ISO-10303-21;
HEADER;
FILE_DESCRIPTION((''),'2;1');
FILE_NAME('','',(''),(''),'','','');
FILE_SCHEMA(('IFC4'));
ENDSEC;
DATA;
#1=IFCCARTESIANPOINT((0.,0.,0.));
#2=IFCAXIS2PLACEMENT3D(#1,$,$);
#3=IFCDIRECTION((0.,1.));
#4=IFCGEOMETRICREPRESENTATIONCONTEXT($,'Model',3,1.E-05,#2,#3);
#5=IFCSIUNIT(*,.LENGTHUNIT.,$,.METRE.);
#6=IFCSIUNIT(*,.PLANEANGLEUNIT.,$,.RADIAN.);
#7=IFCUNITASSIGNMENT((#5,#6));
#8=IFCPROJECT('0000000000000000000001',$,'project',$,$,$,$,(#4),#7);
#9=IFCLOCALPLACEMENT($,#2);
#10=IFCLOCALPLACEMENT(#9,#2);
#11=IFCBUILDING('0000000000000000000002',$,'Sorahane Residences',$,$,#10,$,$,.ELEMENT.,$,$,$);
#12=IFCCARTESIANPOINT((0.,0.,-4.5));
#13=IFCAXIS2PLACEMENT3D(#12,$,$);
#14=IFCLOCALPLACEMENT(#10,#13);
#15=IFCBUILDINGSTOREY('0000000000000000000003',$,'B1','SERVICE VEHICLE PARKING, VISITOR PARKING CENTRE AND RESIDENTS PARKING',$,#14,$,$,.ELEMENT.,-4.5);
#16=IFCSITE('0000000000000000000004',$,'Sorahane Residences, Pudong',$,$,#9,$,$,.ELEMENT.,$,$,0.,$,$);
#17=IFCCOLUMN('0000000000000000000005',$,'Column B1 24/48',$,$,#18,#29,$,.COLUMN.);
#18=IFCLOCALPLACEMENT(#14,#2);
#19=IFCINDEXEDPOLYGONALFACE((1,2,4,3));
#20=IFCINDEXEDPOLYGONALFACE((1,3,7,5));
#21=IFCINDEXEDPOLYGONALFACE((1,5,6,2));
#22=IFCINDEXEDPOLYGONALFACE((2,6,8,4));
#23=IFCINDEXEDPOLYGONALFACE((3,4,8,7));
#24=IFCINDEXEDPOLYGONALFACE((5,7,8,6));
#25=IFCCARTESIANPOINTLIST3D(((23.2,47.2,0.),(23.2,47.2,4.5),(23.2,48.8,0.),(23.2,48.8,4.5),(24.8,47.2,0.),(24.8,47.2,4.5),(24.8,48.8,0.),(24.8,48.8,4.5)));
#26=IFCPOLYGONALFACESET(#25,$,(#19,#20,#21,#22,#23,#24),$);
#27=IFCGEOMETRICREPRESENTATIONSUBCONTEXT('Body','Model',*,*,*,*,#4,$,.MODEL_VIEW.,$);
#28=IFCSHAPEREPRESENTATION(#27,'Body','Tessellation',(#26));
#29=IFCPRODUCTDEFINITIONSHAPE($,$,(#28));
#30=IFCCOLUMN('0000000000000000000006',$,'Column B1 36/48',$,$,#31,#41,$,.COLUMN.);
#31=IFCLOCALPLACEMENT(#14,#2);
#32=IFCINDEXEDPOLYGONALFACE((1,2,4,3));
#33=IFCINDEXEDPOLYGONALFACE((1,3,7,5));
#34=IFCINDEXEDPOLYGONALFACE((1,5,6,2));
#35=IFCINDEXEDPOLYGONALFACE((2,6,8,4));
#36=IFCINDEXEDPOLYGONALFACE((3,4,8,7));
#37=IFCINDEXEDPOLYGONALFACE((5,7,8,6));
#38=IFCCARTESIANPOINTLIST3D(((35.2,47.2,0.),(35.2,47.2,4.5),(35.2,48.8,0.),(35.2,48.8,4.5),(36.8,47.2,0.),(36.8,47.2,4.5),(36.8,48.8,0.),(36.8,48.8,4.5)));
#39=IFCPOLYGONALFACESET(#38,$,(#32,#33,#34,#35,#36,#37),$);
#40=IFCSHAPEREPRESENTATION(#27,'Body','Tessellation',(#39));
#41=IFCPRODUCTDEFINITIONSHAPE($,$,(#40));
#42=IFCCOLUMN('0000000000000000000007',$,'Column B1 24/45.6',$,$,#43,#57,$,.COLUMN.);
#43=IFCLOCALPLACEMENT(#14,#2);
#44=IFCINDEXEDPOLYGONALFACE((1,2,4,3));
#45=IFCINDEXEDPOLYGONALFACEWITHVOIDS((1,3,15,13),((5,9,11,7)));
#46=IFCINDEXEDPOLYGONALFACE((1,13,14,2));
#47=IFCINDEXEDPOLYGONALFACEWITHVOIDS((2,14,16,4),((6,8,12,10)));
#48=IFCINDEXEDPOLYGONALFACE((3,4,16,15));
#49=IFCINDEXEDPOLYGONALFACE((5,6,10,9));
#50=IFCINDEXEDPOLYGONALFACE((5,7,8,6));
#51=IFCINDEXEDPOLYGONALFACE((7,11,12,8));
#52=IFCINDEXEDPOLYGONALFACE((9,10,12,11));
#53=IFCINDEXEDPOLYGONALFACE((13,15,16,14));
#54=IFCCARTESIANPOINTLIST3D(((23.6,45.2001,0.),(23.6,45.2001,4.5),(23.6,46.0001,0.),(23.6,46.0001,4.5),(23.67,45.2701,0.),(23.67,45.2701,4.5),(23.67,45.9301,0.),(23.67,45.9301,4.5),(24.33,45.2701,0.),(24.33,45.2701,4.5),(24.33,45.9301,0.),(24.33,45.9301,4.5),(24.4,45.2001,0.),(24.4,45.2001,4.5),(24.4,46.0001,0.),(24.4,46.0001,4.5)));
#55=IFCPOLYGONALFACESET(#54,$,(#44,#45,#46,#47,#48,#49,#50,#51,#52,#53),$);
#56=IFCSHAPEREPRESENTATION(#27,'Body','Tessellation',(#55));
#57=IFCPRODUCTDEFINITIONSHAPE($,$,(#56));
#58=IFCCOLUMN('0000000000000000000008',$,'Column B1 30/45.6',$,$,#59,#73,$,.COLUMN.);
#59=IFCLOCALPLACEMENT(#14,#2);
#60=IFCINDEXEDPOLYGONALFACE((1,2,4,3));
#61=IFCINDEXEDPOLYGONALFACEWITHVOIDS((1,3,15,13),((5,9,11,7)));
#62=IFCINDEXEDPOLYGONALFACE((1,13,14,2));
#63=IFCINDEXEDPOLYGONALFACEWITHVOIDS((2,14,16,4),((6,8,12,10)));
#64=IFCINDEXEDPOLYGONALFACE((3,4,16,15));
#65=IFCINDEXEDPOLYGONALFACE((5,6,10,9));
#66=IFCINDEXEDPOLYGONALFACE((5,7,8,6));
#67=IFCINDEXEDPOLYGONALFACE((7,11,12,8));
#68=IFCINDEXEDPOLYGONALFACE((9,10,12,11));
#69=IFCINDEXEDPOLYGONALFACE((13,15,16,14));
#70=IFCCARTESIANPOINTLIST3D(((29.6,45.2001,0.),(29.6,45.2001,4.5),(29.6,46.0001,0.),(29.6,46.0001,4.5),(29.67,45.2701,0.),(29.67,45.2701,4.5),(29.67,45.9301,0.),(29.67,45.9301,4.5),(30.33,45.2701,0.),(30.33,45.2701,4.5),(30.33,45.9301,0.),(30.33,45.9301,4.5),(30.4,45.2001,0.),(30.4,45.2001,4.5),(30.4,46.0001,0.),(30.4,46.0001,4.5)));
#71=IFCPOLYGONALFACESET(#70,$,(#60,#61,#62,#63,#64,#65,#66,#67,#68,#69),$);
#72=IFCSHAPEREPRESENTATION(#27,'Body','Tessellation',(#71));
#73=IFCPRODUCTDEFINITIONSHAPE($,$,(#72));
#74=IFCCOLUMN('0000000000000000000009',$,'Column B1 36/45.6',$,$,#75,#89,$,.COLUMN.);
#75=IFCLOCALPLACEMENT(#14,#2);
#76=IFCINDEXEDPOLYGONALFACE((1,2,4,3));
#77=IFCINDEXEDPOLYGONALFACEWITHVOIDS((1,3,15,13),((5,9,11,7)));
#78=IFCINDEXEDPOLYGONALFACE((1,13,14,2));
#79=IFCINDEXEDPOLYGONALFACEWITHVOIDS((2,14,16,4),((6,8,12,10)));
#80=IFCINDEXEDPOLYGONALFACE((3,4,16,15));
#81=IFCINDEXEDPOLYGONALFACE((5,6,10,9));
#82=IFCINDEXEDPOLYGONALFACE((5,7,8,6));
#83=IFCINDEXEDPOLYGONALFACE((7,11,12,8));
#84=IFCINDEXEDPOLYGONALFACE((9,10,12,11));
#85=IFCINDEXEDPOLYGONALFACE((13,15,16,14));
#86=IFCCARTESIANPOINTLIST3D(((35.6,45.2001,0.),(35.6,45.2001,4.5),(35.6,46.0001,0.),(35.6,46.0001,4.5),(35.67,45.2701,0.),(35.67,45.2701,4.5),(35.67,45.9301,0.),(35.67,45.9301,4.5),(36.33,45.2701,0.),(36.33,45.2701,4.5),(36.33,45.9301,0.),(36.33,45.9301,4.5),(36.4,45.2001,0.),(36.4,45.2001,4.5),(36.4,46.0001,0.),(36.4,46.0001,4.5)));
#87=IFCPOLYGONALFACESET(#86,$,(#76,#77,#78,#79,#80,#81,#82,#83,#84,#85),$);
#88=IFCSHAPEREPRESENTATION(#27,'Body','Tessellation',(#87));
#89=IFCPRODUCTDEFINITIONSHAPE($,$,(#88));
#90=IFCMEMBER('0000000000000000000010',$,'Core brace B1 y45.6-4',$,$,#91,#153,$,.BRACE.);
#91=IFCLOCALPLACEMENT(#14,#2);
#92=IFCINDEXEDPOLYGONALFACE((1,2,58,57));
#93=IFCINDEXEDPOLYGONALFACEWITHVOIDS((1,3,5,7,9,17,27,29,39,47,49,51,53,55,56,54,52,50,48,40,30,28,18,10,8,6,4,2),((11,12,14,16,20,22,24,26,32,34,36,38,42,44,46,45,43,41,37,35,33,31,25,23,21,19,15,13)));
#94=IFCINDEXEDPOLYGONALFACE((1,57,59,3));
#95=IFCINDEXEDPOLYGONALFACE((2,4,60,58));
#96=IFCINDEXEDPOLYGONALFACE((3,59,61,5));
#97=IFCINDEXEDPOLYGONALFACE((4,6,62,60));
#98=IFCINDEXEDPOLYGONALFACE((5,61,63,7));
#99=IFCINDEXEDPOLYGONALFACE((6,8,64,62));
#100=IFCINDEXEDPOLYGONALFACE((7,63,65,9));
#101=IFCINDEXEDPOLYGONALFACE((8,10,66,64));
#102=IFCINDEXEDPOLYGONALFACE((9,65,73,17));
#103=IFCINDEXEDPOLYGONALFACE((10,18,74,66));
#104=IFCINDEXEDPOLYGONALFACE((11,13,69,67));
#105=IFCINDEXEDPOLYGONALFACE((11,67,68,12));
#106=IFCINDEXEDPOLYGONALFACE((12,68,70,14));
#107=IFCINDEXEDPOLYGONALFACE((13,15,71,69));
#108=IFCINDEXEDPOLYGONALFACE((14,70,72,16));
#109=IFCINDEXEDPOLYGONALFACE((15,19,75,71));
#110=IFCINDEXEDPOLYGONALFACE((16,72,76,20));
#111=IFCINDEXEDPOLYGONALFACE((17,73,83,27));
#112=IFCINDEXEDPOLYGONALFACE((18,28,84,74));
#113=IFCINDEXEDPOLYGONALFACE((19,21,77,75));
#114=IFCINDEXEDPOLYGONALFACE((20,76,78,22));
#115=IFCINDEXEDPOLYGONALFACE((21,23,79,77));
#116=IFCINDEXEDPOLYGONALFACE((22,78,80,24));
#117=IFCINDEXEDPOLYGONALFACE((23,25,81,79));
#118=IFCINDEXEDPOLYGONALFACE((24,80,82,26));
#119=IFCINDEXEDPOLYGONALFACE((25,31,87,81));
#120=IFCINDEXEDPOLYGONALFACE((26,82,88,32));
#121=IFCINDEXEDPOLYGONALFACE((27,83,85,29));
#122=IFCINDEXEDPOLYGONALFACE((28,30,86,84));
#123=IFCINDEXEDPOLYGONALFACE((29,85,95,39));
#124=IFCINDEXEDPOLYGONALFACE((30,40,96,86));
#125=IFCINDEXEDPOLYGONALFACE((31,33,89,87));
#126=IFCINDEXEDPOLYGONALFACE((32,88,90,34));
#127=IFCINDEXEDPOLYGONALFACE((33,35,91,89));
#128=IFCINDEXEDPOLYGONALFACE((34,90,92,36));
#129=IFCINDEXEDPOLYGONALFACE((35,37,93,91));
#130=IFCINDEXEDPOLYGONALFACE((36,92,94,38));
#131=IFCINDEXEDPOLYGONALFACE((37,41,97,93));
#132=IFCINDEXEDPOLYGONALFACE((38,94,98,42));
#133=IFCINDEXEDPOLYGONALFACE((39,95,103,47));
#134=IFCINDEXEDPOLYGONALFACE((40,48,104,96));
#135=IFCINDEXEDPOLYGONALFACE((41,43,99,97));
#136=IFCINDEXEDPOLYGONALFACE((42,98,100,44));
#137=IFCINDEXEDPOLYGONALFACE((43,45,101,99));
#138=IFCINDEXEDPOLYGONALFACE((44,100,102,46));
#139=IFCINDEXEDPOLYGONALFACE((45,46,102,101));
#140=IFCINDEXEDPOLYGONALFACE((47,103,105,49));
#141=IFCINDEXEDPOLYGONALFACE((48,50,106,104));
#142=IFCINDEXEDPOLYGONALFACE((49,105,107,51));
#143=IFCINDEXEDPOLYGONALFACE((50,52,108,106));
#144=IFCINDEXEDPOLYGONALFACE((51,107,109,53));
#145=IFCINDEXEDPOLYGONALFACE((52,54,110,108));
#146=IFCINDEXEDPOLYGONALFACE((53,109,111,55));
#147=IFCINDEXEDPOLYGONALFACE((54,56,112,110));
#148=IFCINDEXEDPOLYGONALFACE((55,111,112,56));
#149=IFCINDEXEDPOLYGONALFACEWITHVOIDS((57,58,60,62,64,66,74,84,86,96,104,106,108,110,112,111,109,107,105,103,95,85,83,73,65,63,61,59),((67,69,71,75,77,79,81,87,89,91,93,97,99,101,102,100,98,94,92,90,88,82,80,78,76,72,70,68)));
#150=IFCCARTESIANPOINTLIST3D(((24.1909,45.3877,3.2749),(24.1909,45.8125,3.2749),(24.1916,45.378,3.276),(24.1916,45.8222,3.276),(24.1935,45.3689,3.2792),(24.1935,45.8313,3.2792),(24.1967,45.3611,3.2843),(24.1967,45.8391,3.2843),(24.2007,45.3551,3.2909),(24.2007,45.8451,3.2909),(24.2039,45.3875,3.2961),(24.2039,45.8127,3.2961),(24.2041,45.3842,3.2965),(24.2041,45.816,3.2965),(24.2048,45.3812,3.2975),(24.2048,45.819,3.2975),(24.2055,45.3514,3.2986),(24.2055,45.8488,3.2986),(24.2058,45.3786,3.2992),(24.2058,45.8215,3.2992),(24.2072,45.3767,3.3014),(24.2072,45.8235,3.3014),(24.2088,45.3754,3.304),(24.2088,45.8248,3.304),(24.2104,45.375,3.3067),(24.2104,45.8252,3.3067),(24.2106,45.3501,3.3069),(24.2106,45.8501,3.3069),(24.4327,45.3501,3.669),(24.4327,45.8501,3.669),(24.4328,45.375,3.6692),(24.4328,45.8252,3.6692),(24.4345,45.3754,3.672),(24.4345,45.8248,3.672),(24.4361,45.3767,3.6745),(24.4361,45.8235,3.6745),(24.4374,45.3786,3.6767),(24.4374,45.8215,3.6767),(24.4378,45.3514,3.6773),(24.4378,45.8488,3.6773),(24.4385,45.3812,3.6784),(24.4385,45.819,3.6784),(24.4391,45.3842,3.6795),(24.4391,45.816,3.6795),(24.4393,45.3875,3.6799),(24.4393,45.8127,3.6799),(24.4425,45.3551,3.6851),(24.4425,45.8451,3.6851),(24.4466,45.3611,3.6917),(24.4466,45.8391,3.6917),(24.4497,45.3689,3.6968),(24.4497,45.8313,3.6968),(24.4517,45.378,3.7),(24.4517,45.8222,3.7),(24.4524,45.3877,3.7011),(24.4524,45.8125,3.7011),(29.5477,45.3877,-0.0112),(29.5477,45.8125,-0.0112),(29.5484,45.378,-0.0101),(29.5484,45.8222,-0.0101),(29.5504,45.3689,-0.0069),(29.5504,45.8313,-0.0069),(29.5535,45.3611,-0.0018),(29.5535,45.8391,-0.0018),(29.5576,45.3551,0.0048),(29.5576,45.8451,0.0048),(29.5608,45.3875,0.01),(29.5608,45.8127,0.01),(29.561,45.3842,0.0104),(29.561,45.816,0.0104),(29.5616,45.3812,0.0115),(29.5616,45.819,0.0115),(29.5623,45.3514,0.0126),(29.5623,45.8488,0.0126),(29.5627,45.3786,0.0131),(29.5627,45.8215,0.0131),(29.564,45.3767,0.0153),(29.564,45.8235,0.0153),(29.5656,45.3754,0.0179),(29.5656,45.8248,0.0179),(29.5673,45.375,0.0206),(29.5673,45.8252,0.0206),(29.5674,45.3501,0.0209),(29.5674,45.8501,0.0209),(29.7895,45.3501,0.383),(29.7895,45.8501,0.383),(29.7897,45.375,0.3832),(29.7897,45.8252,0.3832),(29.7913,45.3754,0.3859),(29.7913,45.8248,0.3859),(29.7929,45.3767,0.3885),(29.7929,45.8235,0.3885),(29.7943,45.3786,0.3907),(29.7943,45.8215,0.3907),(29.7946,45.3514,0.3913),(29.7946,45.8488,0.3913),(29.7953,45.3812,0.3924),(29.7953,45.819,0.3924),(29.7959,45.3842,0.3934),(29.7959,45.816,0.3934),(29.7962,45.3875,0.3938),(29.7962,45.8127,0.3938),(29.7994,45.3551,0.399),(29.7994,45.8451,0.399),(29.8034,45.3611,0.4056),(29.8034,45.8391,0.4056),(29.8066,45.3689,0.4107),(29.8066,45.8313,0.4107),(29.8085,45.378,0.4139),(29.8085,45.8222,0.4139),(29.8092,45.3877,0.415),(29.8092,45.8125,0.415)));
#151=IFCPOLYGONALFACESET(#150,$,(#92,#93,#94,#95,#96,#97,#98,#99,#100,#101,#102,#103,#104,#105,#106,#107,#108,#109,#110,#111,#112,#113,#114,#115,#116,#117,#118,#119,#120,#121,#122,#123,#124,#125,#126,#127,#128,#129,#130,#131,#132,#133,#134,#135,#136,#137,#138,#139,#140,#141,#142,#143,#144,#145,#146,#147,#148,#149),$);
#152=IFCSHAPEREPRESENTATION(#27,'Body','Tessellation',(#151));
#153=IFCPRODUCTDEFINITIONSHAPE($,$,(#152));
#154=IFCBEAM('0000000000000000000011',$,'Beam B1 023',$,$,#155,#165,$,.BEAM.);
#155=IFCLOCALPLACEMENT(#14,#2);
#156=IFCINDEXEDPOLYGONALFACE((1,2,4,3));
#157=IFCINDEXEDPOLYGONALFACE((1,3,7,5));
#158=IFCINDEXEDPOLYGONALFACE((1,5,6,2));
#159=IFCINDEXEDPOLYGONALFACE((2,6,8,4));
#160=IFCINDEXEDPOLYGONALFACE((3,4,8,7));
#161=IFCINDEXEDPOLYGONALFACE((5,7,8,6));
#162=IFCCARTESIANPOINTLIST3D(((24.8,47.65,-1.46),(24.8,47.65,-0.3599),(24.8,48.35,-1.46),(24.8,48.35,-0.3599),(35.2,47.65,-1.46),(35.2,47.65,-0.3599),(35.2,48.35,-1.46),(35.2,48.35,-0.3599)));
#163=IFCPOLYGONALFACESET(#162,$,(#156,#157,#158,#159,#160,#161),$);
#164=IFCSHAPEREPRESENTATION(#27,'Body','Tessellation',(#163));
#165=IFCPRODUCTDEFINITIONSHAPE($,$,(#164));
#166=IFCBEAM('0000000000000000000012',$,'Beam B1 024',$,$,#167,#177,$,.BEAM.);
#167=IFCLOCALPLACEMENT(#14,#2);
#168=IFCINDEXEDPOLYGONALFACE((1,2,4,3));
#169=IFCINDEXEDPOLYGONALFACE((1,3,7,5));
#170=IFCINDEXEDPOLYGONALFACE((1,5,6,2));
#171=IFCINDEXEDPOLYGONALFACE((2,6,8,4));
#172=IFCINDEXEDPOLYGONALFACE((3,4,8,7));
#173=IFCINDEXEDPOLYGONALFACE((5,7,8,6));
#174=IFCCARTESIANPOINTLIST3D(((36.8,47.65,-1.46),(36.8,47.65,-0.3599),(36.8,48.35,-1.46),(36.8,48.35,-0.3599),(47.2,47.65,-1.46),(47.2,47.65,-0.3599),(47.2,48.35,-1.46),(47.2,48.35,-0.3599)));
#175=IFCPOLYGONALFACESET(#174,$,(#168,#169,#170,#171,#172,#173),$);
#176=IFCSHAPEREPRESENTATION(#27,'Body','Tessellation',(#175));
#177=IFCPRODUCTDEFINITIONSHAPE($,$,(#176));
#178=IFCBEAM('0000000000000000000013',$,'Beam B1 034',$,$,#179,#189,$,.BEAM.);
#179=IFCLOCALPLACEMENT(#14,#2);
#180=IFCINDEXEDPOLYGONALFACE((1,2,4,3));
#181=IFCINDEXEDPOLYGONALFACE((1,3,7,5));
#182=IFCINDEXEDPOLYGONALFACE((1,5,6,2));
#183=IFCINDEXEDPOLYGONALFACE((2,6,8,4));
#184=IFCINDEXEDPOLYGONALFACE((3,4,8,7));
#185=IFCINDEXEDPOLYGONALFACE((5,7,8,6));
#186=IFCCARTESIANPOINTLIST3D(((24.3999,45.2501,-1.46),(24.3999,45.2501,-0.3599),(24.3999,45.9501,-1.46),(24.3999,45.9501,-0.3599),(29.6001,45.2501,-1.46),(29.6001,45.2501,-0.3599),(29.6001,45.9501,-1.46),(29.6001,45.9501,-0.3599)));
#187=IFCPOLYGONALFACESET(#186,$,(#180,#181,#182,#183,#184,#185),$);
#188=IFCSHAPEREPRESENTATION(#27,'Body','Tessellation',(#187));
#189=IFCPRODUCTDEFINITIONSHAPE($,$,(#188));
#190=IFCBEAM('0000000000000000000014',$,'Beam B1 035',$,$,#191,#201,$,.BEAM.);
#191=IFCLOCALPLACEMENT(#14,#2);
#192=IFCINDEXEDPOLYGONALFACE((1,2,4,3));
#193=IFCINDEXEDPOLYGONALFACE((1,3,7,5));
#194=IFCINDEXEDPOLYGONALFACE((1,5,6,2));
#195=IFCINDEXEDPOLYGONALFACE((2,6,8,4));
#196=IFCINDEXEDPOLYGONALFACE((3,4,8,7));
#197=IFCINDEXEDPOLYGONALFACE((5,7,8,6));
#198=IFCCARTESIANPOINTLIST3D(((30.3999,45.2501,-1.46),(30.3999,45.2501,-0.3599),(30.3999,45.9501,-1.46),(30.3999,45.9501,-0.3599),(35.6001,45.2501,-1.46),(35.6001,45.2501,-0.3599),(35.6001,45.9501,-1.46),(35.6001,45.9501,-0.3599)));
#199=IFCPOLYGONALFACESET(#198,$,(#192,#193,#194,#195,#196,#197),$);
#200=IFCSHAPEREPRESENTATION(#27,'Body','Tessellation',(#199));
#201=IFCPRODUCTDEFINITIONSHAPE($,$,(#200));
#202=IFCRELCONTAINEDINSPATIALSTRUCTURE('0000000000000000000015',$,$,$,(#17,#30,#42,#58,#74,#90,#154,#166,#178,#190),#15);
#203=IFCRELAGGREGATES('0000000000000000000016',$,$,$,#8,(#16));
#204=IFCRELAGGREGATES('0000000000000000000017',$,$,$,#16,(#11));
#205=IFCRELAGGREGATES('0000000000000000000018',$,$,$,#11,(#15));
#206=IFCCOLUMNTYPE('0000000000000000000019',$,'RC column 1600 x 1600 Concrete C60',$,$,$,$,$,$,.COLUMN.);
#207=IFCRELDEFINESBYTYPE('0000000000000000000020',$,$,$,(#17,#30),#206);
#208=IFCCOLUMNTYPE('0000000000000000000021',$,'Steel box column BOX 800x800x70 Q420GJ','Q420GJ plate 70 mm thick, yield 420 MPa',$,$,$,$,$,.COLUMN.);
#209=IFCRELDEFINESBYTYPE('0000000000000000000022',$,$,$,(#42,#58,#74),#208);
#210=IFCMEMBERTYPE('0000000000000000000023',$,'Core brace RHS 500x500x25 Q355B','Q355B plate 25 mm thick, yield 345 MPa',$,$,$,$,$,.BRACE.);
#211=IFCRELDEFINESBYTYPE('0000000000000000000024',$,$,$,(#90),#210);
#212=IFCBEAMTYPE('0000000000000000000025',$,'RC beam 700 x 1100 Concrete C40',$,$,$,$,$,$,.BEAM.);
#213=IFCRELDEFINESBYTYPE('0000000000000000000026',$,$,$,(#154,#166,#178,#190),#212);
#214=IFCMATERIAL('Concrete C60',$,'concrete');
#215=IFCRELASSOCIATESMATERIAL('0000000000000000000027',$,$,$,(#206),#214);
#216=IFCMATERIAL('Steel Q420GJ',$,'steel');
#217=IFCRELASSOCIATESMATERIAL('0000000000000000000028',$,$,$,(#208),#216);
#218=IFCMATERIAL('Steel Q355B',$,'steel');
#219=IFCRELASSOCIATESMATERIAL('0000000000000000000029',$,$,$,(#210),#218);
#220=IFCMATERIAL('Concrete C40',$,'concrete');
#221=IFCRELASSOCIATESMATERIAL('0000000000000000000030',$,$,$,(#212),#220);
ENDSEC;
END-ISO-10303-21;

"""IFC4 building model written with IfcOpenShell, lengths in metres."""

from ifc_helpers import new_model, si_unit, direction, frame, origin, origin_2d, place, context, subcontext, project, spatial, rectangle, hollow_rectangle, extrude, material, material_profile, profile_set, type_object, element, save


model = new_model("IFC4")

# Units and contexts
model_context = context("Model", 3, precision=1e-05, world=origin(), true_north=direction((0.0, 1.0)))
body_context = subcontext(model_context, "Body", "Model", "MODEL_VIEW")
ifc_project = project(units=[si_unit("LENGTHUNIT", "METRE"), si_unit("PLANEANGLEUNIT", "RADIAN")], contexts=[model_context])

# Site, building, storey
site_placement = place(None, origin())
site = spatial("IfcSite", under=ifc_project, at=site_placement, Name="Sorahane Residences, Pudong", CompositionType="ELEMENT", RefElevation=0.0)
building_placement = place(site_placement, origin())
building = spatial("IfcBuilding", under=site, at=building_placement, Name="Sorahane Residences", CompositionType="ELEMENT")
storey_placement = place(building_placement, frame((0.0, 0.0, -4.5)))
storey = spatial("IfcBuildingStorey", under=building, at=storey_placement, Name="B1", Description="SERVICE VEHICLE PARKING, VISITOR PARKING CENTRE AND RESIDENTS PARKING", CompositionType="ELEMENT", Elevation=-4.5)

# Columns
ifc_material_1 = material(Name="Concrete C60", Category="concrete")
ifc_material_profile_1 = material_profile(ifc_material_1, rectangle(XDim=1.6001, YDim=1.6001, at=origin_2d()), Name="1600x1600")
ifc_profile_set_1 = profile_set([ifc_material_profile_1], Name="Concrete C60")
column_type_1 = type_object("IfcColumnType", Name="RC column 1600 x 1600 Concrete C60", PredefinedType="COLUMN", material=ifc_profile_set_1)
for number, where, z_axis, x_axis, name in (
    (1, (24.0, 48.0, 0.0), (0.0, 0.0, 1.0), (1.0, 0.0, 0.0), "Column B1 24/48"),
    (2, (36.0, 48.0, 0.0), (0.0, 0.0, 1.0), (1.0, 0.0, 0.0), "Column B1 36/48"),
):
    element("IfcColumn", number, at=place(storey_placement, frame(where, z_axis=z_axis, x_axis=x_axis)), inside=storey, type_object=column_type_1, Name=name, PredefinedType="COLUMN", context=body_context, shape_type="SweptSolid", body=[
        extrude(rectangle(XDim=1.6001, YDim=1.6001, at=origin_2d()), origin(), (0.0, 0.0, 1.0), 4.5),
    ])
ifc_material_2 = material(Name="Steel Q420GJ", Category="steel")
ifc_material_profile_2 = material_profile(ifc_material_2, hollow_rectangle(XDim=0.8, YDim=0.8, WallThickness=0.0701, at=origin_2d()), Name="BOX 800x800x70")
ifc_profile_set_2 = profile_set([ifc_material_profile_2], Name="Steel Q420GJ")
column_type_2 = type_object("IfcColumnType", Name="Steel box column BOX 800x800x70 Q420GJ", Description="Q420GJ plate 70 mm thick, yield 420 MPa", PredefinedType="COLUMN", material=ifc_profile_set_2)
for number, where, z_axis, x_axis, name in (
    (3, (24.0, 45.6001, 0.0), (0.0, 0.0, 1.0), (1.0, 0.0, 0.0), "Column B1 24/45.6"),
    (4, (30.0, 45.6001, 0.0), (0.0, 0.0, 1.0), (1.0, 0.0, 0.0), "Column B1 30/45.6"),
    (5, (36.0, 45.6001, 0.0), (0.0, 0.0, 1.0), (1.0, 0.0, 0.0), "Column B1 36/45.6"),
):
    element("IfcColumn", number, at=place(storey_placement, frame(where, z_axis=z_axis, x_axis=x_axis)), inside=storey, type_object=column_type_2, Name=name, PredefinedType="COLUMN", context=body_context, shape_type="SweptSolid", body=[
        extrude(hollow_rectangle(XDim=0.8, YDim=0.8, WallThickness=0.0701, at=origin_2d()), origin(), (0.0, 0.0, 1.0), 4.5),
    ])

# Member
ifc_material_3 = material(Name="Steel Q355B", Category="steel")
ifc_material_profile_3 = material_profile(ifc_material_3, hollow_rectangle(XDim=0.5, YDim=0.5, WallThickness=0.0249, InnerFilletRadius=0.0125, OuterFilletRadius=0.0376, at=origin_2d()), Name="RHS 500x500x25")
ifc_profile_set_3 = profile_set([ifc_material_profile_3], Name="Steel Q355B")
member_type = type_object("IfcMemberType", Name="Core brace RHS 500x500x25 Q355B", Description="Q355B plate 25 mm thick, yield 345 MPa", PredefinedType="BRACE", material=ifc_profile_set_3)
member_placement = place(storey_placement, frame((29.6785, 45.6001, 0.2019), z_axis=(-0.852399, 0.0, 0.522892), x_axis=(0.0, -1.0, 0.0)))
element("IfcMember", 6, at=member_placement, inside=storey, type_object=member_type, Name="Core brace B1 y45.6-4", PredefinedType="BRACE", context=body_context, shape_type="SweptSolid", body=[
    extrude(hollow_rectangle(XDim=0.5, YDim=0.5, WallThickness=0.0249, InnerFilletRadius=0.0125, OuterFilletRadius=0.0376, at=origin_2d()), origin(), (0.0, 0.0, 1.0), 6.2844),
])

# Beams
ifc_material_4 = material(Name="Concrete C40", Category="concrete")
ifc_material_profile_4 = material_profile(ifc_material_4, rectangle(XDim=0.7, YDim=1.1001, at=origin_2d()), Name="700x1100")
ifc_profile_set_4 = profile_set([ifc_material_profile_4], Name="Concrete C40")
beam_type = type_object("IfcBeamType", Name="RC beam 700 x 1100 Concrete C40", PredefinedType="BEAM", material=ifc_profile_set_4)
for number, where, z_axis, x_axis, name in (
    (7, (24.8, 48.0, -0.9099), (1.0, 0.0, 0.0), (0.0, 1.0, 0.0), "Beam B1 023"),
    (8, (36.8, 48.0, -0.9099), (1.0, 0.0, 0.0), (0.0, 1.0, 0.0), "Beam B1 024"),
):
    element("IfcBeam", number, at=place(storey_placement, frame(where, z_axis=z_axis, x_axis=x_axis)), inside=storey, type_object=beam_type, Name=name, PredefinedType="BEAM", context=body_context, shape_type="SweptSolid", body=[
        extrude(rectangle(XDim=0.7, YDim=1.1001, at=origin_2d()), origin(), (0.0, 0.0, 1.0), 10.3999),
    ])
for number, where, z_axis, x_axis, name in (
    (9, (24.3999, 45.6001, -0.9099), (1.0, 0.0, 0.0), (0.0, 1.0, 0.0), "Beam B1 034"),
    (10, (30.3999, 45.6001, -0.9099), (1.0, 0.0, 0.0), (0.0, 1.0, 0.0), "Beam B1 035"),
):
    element("IfcBeam", number, at=place(storey_placement, frame(where, z_axis=z_axis, x_axis=x_axis)), inside=storey, type_object=beam_type, Name=name, PredefinedType="BEAM", context=body_context, shape_type="SweptSolid", body=[
        extrude(rectangle(XDim=0.7, YDim=1.1001, at=origin_2d()), origin(), (0.0, 0.0, 1.0), 5.2002),
    ])

save(model, "model.ifc")
